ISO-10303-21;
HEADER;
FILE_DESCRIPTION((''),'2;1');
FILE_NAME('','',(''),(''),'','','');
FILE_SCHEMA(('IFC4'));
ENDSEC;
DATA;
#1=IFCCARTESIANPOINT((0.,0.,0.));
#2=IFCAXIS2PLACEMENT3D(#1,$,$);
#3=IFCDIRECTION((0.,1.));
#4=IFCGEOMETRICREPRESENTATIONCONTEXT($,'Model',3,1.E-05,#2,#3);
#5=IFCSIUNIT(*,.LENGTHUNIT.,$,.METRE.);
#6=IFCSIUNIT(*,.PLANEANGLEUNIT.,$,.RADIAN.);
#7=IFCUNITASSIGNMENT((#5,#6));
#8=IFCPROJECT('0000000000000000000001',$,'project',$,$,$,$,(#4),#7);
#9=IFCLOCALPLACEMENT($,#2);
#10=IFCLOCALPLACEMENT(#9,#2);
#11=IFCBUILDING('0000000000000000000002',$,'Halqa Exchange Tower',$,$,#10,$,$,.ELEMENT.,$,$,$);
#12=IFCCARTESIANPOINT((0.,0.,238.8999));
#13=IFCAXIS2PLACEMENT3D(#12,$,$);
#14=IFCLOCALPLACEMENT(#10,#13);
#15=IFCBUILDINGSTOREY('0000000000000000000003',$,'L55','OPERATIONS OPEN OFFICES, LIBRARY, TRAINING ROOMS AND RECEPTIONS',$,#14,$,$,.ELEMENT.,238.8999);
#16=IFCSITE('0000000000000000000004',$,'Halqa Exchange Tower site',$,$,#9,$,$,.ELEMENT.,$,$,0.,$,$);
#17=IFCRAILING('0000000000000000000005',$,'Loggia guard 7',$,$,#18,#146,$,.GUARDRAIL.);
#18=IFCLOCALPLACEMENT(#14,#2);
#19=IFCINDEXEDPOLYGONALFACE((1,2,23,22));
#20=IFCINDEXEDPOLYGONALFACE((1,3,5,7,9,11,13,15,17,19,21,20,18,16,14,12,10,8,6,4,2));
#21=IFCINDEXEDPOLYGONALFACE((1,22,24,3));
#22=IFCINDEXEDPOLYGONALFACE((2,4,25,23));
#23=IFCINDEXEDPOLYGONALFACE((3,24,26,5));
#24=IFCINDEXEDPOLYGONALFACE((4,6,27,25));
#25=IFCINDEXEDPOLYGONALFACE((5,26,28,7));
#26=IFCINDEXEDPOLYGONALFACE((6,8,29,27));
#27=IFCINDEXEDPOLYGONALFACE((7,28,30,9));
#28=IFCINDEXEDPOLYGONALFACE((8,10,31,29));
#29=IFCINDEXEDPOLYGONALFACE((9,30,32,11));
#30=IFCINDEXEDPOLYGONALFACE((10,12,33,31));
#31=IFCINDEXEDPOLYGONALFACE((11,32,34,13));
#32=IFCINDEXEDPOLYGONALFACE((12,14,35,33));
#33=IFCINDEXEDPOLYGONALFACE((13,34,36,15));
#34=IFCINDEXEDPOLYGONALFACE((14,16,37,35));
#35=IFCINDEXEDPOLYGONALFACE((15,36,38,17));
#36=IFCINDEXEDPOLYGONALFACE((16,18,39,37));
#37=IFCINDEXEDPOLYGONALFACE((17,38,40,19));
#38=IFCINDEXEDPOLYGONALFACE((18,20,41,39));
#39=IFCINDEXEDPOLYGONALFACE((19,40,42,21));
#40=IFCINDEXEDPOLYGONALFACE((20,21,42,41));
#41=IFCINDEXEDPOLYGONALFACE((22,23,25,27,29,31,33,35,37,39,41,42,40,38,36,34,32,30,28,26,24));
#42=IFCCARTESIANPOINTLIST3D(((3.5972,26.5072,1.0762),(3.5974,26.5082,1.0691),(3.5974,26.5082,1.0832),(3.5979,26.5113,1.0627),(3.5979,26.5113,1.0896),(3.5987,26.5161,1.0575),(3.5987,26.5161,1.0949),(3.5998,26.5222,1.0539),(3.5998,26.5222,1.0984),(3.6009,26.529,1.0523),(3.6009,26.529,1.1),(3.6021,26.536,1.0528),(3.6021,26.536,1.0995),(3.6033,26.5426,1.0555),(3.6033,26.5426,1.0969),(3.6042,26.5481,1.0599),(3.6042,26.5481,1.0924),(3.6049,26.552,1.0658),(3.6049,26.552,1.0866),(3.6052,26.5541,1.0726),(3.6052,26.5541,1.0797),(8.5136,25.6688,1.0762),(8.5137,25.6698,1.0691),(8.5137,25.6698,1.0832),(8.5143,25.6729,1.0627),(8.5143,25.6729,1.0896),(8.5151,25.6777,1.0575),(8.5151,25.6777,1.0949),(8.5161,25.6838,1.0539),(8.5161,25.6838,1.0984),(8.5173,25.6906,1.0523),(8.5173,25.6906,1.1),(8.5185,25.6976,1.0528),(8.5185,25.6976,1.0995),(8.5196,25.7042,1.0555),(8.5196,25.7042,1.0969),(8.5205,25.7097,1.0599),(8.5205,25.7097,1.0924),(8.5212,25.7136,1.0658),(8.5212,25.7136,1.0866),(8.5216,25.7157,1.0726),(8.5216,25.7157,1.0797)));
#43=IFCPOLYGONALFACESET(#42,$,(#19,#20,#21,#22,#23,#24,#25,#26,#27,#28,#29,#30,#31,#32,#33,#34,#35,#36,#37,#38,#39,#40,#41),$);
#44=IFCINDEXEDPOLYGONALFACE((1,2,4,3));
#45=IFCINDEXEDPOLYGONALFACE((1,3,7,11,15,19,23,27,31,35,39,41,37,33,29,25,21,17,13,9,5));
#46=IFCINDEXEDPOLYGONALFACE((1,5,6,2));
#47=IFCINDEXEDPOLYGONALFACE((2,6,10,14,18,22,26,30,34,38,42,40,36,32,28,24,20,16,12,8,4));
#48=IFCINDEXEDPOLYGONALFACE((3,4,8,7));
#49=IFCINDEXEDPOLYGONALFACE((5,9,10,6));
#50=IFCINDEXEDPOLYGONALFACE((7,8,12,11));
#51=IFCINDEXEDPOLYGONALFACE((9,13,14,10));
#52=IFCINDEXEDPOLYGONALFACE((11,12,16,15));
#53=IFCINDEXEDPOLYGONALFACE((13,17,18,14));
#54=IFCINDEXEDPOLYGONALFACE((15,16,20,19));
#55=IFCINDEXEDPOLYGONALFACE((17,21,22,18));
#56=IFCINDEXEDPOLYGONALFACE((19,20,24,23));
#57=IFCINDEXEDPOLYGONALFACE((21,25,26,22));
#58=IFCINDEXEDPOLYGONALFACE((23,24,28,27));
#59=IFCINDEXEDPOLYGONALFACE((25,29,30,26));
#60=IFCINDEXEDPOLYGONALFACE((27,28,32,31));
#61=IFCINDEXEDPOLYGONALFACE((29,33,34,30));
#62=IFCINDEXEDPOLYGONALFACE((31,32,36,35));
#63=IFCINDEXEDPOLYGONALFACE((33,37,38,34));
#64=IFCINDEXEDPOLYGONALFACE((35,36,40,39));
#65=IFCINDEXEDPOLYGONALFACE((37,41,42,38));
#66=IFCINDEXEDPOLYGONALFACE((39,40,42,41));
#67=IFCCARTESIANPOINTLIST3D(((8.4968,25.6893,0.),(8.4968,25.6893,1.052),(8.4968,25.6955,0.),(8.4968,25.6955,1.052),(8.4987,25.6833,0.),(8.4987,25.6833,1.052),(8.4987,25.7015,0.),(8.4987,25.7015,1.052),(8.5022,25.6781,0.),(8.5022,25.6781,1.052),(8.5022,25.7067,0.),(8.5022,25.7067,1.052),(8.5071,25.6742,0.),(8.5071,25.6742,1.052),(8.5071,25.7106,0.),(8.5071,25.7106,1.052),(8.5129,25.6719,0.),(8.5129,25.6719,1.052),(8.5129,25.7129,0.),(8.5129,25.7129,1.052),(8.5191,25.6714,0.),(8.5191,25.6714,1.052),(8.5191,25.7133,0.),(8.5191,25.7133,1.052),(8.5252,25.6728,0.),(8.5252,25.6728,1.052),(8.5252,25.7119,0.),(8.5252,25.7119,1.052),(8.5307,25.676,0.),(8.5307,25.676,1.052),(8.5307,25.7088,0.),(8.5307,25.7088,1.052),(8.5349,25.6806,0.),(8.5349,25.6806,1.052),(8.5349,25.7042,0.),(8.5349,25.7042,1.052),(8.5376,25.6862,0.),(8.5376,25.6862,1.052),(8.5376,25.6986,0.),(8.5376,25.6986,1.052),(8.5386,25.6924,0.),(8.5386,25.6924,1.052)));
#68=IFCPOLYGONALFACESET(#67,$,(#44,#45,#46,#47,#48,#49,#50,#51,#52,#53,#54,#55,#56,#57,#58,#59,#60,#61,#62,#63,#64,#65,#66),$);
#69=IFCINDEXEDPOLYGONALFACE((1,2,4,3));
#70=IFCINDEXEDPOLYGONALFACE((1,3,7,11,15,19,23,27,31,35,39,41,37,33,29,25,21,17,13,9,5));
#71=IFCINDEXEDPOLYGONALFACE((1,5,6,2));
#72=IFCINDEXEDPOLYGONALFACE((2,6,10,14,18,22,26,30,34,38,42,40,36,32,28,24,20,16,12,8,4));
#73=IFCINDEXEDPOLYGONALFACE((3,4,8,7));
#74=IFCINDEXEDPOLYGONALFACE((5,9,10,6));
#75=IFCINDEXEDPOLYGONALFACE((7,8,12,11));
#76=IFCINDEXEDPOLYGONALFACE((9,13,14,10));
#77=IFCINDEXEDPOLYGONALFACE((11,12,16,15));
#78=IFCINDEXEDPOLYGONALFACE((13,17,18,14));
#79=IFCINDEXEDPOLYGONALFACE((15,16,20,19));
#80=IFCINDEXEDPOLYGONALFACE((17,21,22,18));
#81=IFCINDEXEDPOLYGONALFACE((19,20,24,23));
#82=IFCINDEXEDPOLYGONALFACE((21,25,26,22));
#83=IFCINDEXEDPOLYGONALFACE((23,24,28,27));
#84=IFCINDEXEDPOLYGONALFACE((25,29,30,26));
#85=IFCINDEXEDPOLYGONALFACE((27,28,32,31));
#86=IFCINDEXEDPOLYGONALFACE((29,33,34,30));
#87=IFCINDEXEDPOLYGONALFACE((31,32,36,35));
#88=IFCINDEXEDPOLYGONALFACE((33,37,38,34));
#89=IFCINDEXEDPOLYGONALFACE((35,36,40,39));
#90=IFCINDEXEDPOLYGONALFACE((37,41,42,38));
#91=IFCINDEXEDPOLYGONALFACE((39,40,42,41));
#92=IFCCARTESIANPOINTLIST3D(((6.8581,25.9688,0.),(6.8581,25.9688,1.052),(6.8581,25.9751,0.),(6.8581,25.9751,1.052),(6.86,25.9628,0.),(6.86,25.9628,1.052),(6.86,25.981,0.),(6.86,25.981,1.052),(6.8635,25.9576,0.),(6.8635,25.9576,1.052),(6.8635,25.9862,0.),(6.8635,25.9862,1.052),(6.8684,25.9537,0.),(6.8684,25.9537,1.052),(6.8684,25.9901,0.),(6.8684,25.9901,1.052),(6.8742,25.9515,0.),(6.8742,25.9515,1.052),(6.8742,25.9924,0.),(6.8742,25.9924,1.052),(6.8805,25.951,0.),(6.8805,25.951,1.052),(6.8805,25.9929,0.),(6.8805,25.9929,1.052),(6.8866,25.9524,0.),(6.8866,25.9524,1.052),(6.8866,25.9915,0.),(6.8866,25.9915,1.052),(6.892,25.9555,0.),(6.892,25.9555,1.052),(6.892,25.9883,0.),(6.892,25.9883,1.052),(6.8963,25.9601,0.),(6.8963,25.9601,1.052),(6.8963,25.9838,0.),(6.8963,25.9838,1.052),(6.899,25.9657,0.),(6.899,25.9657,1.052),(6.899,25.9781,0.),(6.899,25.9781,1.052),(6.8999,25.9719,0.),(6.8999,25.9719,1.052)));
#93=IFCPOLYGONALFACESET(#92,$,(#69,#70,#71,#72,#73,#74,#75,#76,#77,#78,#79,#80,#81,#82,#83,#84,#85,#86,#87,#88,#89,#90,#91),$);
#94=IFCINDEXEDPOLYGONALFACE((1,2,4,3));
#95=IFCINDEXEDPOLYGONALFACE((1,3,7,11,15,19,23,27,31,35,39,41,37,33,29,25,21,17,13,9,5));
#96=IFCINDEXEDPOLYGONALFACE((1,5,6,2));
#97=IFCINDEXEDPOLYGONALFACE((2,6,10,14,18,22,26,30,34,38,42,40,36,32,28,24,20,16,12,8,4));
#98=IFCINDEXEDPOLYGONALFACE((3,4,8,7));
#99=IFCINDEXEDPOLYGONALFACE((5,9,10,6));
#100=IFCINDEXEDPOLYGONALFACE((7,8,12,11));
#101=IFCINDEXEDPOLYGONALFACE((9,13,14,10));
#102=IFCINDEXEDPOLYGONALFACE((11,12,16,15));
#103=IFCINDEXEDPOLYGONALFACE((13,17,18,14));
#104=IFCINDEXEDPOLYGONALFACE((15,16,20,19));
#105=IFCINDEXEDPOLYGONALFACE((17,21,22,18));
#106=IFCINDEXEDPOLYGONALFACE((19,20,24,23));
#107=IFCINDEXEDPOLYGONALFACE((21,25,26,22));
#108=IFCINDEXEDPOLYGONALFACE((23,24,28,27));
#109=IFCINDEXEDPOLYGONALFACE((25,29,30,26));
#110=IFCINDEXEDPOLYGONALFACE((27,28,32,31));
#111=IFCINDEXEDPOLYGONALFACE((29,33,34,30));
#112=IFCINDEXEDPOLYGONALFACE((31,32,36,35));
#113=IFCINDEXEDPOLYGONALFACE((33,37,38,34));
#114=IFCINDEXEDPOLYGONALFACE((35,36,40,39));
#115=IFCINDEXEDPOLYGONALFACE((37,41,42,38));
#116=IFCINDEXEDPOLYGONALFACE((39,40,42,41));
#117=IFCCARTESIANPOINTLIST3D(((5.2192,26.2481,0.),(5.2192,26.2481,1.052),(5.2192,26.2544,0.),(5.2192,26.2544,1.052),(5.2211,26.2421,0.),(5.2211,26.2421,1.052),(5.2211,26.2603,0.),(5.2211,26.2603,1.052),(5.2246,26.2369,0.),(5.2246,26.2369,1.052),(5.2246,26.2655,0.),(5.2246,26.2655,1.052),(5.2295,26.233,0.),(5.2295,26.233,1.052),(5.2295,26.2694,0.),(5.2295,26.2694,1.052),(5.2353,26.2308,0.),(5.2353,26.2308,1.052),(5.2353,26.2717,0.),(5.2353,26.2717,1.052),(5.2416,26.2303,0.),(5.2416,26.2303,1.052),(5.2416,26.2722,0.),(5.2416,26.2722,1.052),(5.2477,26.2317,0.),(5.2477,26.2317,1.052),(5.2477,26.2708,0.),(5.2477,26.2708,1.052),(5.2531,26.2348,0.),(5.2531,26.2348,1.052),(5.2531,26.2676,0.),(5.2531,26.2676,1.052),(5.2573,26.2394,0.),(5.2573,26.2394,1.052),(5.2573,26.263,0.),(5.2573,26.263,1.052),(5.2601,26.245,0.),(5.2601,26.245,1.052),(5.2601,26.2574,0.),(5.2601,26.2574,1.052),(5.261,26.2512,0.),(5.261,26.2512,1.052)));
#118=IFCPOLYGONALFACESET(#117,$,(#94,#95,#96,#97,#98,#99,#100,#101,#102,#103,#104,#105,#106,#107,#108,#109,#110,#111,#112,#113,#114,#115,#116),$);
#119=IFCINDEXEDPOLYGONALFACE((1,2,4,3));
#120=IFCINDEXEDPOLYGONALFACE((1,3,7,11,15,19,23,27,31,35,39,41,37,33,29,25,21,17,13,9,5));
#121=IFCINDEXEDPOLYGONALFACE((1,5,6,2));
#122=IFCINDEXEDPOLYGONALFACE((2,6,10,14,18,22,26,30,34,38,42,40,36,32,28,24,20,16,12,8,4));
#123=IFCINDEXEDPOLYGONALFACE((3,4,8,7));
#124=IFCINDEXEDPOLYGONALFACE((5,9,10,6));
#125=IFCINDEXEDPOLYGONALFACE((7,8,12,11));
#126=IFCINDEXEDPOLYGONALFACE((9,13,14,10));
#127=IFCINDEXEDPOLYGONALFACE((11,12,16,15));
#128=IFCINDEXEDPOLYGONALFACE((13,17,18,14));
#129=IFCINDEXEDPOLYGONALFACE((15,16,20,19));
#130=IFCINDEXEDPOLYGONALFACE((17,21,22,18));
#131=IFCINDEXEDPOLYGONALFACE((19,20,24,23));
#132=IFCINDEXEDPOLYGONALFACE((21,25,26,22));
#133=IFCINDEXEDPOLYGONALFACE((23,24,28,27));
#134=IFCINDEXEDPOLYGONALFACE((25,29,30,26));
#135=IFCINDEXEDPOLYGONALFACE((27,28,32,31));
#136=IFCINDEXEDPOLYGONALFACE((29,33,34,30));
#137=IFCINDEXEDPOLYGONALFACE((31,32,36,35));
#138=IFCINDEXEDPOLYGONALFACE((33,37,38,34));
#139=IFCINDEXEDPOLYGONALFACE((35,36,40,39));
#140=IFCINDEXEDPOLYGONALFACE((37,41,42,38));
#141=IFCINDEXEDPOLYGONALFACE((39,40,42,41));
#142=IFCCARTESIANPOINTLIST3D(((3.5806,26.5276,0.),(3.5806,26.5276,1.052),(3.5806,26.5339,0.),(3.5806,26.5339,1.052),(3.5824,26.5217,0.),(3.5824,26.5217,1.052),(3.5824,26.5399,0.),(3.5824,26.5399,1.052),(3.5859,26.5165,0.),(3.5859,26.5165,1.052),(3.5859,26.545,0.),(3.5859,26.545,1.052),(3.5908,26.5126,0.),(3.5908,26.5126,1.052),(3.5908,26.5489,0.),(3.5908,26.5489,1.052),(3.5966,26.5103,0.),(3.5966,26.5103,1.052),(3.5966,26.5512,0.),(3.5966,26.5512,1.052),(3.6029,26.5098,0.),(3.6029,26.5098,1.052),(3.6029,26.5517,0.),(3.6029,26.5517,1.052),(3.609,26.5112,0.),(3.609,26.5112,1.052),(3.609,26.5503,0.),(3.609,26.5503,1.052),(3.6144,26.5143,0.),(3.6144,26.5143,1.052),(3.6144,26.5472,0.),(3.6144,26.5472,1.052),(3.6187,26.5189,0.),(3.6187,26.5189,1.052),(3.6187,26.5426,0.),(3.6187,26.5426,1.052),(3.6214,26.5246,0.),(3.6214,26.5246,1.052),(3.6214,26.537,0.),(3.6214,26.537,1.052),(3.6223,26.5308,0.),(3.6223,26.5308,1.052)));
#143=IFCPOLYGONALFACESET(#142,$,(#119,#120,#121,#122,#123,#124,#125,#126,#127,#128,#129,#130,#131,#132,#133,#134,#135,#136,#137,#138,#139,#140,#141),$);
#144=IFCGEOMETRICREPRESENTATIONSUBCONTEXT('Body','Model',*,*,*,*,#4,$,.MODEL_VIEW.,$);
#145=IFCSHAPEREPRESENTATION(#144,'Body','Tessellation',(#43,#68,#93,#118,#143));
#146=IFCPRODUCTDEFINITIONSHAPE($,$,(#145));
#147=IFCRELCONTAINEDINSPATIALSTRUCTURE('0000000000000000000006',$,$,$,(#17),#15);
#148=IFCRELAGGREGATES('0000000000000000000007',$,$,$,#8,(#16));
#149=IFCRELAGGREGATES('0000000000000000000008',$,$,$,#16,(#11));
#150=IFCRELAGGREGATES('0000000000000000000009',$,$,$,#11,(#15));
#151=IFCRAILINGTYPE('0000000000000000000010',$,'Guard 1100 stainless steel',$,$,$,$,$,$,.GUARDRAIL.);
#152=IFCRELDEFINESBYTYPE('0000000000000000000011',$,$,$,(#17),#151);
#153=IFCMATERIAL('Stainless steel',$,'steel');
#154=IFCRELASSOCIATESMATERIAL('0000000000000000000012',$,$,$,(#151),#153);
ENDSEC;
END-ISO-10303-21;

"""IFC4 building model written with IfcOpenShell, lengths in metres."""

from ifc_helpers import new_model, si_unit, direction, frame, origin, origin_2d, place, context, subcontext, project, spatial, circle, extrude, material, type_object, element, save


model = new_model("IFC4")

# Units and contexts
model_context = context("Model", 3, precision=1e-05, world=origin(), true_north=direction((0.0, 1.0)))
body_context = subcontext(model_context, "Body", "Model", "MODEL_VIEW")
ifc_project = project(units=[si_unit("LENGTHUNIT", "METRE"), si_unit("PLANEANGLEUNIT", "RADIAN")], contexts=[model_context])

# Site, building, storey
site_placement = place(None, origin())
site = spatial("IfcSite", under=ifc_project, at=site_placement, Name="Halqa Exchange Tower site", CompositionType="ELEMENT", RefElevation=0.0)
building_placement = place(site_placement, origin())
building = spatial("IfcBuilding", under=site, at=building_placement, Name="Halqa Exchange Tower", CompositionType="ELEMENT")
storey_placement = place(building_placement, frame((0.0, 0.0, 238.8999)))
storey = spatial("IfcBuildingStorey", under=building, at=storey_placement, Name="L55", Description="OPERATIONS OPEN OFFICES, LIBRARY, TRAINING ROOMS AND RECEPTIONS", CompositionType="ELEMENT", Elevation=238.8999)

# Railing
ifc_material_1 = material(Name="Stainless steel", Category="steel")
railing_type_1 = type_object("IfcRailingType", Name="Guard 1100 stainless steel", PredefinedType="GUARDRAIL", material=ifc_material_1)
railing_1_placement = place(storey_placement, frame((8.5176, 25.6924, 0.0)))
element("IfcRailing", 1, at=railing_1_placement, inside=storey, type_object=railing_type_1, Name="Loggia guard 7", PredefinedType="GUARDRAIL", context=body_context, shape_type="SweptSolid", body=[
    extrude(circle(Radius=0.0239, at=origin_2d()), frame((0.0, 0.0, 1.0762), z_axis=(-0.985769, 0.168105, 0.0), x_axis=(-0.168105, -0.985769, 0.0)), (0.0, 0.0, 1.0), 4.9873),
    extrude(circle(Radius=0.021, at=origin_2d()), origin(), (0.0, 0.0, 1.0), 1.052),
    extrude(circle(Radius=0.021, at=origin_2d()), frame((-1.6387, 0.2795, 0.0)), (0.0, 0.0, 1.0), 1.052),
    extrude(circle(Radius=0.021, at=origin_2d()), frame((-3.2776, 0.5588, 0.0)), (0.0, 0.0, 1.0), 1.052),
    extrude(circle(Radius=0.021, at=origin_2d()), frame((-4.9163, 0.8384, 0.0)), (0.0, 0.0, 1.0), 1.052),
])

save(model, "model.ifc")
